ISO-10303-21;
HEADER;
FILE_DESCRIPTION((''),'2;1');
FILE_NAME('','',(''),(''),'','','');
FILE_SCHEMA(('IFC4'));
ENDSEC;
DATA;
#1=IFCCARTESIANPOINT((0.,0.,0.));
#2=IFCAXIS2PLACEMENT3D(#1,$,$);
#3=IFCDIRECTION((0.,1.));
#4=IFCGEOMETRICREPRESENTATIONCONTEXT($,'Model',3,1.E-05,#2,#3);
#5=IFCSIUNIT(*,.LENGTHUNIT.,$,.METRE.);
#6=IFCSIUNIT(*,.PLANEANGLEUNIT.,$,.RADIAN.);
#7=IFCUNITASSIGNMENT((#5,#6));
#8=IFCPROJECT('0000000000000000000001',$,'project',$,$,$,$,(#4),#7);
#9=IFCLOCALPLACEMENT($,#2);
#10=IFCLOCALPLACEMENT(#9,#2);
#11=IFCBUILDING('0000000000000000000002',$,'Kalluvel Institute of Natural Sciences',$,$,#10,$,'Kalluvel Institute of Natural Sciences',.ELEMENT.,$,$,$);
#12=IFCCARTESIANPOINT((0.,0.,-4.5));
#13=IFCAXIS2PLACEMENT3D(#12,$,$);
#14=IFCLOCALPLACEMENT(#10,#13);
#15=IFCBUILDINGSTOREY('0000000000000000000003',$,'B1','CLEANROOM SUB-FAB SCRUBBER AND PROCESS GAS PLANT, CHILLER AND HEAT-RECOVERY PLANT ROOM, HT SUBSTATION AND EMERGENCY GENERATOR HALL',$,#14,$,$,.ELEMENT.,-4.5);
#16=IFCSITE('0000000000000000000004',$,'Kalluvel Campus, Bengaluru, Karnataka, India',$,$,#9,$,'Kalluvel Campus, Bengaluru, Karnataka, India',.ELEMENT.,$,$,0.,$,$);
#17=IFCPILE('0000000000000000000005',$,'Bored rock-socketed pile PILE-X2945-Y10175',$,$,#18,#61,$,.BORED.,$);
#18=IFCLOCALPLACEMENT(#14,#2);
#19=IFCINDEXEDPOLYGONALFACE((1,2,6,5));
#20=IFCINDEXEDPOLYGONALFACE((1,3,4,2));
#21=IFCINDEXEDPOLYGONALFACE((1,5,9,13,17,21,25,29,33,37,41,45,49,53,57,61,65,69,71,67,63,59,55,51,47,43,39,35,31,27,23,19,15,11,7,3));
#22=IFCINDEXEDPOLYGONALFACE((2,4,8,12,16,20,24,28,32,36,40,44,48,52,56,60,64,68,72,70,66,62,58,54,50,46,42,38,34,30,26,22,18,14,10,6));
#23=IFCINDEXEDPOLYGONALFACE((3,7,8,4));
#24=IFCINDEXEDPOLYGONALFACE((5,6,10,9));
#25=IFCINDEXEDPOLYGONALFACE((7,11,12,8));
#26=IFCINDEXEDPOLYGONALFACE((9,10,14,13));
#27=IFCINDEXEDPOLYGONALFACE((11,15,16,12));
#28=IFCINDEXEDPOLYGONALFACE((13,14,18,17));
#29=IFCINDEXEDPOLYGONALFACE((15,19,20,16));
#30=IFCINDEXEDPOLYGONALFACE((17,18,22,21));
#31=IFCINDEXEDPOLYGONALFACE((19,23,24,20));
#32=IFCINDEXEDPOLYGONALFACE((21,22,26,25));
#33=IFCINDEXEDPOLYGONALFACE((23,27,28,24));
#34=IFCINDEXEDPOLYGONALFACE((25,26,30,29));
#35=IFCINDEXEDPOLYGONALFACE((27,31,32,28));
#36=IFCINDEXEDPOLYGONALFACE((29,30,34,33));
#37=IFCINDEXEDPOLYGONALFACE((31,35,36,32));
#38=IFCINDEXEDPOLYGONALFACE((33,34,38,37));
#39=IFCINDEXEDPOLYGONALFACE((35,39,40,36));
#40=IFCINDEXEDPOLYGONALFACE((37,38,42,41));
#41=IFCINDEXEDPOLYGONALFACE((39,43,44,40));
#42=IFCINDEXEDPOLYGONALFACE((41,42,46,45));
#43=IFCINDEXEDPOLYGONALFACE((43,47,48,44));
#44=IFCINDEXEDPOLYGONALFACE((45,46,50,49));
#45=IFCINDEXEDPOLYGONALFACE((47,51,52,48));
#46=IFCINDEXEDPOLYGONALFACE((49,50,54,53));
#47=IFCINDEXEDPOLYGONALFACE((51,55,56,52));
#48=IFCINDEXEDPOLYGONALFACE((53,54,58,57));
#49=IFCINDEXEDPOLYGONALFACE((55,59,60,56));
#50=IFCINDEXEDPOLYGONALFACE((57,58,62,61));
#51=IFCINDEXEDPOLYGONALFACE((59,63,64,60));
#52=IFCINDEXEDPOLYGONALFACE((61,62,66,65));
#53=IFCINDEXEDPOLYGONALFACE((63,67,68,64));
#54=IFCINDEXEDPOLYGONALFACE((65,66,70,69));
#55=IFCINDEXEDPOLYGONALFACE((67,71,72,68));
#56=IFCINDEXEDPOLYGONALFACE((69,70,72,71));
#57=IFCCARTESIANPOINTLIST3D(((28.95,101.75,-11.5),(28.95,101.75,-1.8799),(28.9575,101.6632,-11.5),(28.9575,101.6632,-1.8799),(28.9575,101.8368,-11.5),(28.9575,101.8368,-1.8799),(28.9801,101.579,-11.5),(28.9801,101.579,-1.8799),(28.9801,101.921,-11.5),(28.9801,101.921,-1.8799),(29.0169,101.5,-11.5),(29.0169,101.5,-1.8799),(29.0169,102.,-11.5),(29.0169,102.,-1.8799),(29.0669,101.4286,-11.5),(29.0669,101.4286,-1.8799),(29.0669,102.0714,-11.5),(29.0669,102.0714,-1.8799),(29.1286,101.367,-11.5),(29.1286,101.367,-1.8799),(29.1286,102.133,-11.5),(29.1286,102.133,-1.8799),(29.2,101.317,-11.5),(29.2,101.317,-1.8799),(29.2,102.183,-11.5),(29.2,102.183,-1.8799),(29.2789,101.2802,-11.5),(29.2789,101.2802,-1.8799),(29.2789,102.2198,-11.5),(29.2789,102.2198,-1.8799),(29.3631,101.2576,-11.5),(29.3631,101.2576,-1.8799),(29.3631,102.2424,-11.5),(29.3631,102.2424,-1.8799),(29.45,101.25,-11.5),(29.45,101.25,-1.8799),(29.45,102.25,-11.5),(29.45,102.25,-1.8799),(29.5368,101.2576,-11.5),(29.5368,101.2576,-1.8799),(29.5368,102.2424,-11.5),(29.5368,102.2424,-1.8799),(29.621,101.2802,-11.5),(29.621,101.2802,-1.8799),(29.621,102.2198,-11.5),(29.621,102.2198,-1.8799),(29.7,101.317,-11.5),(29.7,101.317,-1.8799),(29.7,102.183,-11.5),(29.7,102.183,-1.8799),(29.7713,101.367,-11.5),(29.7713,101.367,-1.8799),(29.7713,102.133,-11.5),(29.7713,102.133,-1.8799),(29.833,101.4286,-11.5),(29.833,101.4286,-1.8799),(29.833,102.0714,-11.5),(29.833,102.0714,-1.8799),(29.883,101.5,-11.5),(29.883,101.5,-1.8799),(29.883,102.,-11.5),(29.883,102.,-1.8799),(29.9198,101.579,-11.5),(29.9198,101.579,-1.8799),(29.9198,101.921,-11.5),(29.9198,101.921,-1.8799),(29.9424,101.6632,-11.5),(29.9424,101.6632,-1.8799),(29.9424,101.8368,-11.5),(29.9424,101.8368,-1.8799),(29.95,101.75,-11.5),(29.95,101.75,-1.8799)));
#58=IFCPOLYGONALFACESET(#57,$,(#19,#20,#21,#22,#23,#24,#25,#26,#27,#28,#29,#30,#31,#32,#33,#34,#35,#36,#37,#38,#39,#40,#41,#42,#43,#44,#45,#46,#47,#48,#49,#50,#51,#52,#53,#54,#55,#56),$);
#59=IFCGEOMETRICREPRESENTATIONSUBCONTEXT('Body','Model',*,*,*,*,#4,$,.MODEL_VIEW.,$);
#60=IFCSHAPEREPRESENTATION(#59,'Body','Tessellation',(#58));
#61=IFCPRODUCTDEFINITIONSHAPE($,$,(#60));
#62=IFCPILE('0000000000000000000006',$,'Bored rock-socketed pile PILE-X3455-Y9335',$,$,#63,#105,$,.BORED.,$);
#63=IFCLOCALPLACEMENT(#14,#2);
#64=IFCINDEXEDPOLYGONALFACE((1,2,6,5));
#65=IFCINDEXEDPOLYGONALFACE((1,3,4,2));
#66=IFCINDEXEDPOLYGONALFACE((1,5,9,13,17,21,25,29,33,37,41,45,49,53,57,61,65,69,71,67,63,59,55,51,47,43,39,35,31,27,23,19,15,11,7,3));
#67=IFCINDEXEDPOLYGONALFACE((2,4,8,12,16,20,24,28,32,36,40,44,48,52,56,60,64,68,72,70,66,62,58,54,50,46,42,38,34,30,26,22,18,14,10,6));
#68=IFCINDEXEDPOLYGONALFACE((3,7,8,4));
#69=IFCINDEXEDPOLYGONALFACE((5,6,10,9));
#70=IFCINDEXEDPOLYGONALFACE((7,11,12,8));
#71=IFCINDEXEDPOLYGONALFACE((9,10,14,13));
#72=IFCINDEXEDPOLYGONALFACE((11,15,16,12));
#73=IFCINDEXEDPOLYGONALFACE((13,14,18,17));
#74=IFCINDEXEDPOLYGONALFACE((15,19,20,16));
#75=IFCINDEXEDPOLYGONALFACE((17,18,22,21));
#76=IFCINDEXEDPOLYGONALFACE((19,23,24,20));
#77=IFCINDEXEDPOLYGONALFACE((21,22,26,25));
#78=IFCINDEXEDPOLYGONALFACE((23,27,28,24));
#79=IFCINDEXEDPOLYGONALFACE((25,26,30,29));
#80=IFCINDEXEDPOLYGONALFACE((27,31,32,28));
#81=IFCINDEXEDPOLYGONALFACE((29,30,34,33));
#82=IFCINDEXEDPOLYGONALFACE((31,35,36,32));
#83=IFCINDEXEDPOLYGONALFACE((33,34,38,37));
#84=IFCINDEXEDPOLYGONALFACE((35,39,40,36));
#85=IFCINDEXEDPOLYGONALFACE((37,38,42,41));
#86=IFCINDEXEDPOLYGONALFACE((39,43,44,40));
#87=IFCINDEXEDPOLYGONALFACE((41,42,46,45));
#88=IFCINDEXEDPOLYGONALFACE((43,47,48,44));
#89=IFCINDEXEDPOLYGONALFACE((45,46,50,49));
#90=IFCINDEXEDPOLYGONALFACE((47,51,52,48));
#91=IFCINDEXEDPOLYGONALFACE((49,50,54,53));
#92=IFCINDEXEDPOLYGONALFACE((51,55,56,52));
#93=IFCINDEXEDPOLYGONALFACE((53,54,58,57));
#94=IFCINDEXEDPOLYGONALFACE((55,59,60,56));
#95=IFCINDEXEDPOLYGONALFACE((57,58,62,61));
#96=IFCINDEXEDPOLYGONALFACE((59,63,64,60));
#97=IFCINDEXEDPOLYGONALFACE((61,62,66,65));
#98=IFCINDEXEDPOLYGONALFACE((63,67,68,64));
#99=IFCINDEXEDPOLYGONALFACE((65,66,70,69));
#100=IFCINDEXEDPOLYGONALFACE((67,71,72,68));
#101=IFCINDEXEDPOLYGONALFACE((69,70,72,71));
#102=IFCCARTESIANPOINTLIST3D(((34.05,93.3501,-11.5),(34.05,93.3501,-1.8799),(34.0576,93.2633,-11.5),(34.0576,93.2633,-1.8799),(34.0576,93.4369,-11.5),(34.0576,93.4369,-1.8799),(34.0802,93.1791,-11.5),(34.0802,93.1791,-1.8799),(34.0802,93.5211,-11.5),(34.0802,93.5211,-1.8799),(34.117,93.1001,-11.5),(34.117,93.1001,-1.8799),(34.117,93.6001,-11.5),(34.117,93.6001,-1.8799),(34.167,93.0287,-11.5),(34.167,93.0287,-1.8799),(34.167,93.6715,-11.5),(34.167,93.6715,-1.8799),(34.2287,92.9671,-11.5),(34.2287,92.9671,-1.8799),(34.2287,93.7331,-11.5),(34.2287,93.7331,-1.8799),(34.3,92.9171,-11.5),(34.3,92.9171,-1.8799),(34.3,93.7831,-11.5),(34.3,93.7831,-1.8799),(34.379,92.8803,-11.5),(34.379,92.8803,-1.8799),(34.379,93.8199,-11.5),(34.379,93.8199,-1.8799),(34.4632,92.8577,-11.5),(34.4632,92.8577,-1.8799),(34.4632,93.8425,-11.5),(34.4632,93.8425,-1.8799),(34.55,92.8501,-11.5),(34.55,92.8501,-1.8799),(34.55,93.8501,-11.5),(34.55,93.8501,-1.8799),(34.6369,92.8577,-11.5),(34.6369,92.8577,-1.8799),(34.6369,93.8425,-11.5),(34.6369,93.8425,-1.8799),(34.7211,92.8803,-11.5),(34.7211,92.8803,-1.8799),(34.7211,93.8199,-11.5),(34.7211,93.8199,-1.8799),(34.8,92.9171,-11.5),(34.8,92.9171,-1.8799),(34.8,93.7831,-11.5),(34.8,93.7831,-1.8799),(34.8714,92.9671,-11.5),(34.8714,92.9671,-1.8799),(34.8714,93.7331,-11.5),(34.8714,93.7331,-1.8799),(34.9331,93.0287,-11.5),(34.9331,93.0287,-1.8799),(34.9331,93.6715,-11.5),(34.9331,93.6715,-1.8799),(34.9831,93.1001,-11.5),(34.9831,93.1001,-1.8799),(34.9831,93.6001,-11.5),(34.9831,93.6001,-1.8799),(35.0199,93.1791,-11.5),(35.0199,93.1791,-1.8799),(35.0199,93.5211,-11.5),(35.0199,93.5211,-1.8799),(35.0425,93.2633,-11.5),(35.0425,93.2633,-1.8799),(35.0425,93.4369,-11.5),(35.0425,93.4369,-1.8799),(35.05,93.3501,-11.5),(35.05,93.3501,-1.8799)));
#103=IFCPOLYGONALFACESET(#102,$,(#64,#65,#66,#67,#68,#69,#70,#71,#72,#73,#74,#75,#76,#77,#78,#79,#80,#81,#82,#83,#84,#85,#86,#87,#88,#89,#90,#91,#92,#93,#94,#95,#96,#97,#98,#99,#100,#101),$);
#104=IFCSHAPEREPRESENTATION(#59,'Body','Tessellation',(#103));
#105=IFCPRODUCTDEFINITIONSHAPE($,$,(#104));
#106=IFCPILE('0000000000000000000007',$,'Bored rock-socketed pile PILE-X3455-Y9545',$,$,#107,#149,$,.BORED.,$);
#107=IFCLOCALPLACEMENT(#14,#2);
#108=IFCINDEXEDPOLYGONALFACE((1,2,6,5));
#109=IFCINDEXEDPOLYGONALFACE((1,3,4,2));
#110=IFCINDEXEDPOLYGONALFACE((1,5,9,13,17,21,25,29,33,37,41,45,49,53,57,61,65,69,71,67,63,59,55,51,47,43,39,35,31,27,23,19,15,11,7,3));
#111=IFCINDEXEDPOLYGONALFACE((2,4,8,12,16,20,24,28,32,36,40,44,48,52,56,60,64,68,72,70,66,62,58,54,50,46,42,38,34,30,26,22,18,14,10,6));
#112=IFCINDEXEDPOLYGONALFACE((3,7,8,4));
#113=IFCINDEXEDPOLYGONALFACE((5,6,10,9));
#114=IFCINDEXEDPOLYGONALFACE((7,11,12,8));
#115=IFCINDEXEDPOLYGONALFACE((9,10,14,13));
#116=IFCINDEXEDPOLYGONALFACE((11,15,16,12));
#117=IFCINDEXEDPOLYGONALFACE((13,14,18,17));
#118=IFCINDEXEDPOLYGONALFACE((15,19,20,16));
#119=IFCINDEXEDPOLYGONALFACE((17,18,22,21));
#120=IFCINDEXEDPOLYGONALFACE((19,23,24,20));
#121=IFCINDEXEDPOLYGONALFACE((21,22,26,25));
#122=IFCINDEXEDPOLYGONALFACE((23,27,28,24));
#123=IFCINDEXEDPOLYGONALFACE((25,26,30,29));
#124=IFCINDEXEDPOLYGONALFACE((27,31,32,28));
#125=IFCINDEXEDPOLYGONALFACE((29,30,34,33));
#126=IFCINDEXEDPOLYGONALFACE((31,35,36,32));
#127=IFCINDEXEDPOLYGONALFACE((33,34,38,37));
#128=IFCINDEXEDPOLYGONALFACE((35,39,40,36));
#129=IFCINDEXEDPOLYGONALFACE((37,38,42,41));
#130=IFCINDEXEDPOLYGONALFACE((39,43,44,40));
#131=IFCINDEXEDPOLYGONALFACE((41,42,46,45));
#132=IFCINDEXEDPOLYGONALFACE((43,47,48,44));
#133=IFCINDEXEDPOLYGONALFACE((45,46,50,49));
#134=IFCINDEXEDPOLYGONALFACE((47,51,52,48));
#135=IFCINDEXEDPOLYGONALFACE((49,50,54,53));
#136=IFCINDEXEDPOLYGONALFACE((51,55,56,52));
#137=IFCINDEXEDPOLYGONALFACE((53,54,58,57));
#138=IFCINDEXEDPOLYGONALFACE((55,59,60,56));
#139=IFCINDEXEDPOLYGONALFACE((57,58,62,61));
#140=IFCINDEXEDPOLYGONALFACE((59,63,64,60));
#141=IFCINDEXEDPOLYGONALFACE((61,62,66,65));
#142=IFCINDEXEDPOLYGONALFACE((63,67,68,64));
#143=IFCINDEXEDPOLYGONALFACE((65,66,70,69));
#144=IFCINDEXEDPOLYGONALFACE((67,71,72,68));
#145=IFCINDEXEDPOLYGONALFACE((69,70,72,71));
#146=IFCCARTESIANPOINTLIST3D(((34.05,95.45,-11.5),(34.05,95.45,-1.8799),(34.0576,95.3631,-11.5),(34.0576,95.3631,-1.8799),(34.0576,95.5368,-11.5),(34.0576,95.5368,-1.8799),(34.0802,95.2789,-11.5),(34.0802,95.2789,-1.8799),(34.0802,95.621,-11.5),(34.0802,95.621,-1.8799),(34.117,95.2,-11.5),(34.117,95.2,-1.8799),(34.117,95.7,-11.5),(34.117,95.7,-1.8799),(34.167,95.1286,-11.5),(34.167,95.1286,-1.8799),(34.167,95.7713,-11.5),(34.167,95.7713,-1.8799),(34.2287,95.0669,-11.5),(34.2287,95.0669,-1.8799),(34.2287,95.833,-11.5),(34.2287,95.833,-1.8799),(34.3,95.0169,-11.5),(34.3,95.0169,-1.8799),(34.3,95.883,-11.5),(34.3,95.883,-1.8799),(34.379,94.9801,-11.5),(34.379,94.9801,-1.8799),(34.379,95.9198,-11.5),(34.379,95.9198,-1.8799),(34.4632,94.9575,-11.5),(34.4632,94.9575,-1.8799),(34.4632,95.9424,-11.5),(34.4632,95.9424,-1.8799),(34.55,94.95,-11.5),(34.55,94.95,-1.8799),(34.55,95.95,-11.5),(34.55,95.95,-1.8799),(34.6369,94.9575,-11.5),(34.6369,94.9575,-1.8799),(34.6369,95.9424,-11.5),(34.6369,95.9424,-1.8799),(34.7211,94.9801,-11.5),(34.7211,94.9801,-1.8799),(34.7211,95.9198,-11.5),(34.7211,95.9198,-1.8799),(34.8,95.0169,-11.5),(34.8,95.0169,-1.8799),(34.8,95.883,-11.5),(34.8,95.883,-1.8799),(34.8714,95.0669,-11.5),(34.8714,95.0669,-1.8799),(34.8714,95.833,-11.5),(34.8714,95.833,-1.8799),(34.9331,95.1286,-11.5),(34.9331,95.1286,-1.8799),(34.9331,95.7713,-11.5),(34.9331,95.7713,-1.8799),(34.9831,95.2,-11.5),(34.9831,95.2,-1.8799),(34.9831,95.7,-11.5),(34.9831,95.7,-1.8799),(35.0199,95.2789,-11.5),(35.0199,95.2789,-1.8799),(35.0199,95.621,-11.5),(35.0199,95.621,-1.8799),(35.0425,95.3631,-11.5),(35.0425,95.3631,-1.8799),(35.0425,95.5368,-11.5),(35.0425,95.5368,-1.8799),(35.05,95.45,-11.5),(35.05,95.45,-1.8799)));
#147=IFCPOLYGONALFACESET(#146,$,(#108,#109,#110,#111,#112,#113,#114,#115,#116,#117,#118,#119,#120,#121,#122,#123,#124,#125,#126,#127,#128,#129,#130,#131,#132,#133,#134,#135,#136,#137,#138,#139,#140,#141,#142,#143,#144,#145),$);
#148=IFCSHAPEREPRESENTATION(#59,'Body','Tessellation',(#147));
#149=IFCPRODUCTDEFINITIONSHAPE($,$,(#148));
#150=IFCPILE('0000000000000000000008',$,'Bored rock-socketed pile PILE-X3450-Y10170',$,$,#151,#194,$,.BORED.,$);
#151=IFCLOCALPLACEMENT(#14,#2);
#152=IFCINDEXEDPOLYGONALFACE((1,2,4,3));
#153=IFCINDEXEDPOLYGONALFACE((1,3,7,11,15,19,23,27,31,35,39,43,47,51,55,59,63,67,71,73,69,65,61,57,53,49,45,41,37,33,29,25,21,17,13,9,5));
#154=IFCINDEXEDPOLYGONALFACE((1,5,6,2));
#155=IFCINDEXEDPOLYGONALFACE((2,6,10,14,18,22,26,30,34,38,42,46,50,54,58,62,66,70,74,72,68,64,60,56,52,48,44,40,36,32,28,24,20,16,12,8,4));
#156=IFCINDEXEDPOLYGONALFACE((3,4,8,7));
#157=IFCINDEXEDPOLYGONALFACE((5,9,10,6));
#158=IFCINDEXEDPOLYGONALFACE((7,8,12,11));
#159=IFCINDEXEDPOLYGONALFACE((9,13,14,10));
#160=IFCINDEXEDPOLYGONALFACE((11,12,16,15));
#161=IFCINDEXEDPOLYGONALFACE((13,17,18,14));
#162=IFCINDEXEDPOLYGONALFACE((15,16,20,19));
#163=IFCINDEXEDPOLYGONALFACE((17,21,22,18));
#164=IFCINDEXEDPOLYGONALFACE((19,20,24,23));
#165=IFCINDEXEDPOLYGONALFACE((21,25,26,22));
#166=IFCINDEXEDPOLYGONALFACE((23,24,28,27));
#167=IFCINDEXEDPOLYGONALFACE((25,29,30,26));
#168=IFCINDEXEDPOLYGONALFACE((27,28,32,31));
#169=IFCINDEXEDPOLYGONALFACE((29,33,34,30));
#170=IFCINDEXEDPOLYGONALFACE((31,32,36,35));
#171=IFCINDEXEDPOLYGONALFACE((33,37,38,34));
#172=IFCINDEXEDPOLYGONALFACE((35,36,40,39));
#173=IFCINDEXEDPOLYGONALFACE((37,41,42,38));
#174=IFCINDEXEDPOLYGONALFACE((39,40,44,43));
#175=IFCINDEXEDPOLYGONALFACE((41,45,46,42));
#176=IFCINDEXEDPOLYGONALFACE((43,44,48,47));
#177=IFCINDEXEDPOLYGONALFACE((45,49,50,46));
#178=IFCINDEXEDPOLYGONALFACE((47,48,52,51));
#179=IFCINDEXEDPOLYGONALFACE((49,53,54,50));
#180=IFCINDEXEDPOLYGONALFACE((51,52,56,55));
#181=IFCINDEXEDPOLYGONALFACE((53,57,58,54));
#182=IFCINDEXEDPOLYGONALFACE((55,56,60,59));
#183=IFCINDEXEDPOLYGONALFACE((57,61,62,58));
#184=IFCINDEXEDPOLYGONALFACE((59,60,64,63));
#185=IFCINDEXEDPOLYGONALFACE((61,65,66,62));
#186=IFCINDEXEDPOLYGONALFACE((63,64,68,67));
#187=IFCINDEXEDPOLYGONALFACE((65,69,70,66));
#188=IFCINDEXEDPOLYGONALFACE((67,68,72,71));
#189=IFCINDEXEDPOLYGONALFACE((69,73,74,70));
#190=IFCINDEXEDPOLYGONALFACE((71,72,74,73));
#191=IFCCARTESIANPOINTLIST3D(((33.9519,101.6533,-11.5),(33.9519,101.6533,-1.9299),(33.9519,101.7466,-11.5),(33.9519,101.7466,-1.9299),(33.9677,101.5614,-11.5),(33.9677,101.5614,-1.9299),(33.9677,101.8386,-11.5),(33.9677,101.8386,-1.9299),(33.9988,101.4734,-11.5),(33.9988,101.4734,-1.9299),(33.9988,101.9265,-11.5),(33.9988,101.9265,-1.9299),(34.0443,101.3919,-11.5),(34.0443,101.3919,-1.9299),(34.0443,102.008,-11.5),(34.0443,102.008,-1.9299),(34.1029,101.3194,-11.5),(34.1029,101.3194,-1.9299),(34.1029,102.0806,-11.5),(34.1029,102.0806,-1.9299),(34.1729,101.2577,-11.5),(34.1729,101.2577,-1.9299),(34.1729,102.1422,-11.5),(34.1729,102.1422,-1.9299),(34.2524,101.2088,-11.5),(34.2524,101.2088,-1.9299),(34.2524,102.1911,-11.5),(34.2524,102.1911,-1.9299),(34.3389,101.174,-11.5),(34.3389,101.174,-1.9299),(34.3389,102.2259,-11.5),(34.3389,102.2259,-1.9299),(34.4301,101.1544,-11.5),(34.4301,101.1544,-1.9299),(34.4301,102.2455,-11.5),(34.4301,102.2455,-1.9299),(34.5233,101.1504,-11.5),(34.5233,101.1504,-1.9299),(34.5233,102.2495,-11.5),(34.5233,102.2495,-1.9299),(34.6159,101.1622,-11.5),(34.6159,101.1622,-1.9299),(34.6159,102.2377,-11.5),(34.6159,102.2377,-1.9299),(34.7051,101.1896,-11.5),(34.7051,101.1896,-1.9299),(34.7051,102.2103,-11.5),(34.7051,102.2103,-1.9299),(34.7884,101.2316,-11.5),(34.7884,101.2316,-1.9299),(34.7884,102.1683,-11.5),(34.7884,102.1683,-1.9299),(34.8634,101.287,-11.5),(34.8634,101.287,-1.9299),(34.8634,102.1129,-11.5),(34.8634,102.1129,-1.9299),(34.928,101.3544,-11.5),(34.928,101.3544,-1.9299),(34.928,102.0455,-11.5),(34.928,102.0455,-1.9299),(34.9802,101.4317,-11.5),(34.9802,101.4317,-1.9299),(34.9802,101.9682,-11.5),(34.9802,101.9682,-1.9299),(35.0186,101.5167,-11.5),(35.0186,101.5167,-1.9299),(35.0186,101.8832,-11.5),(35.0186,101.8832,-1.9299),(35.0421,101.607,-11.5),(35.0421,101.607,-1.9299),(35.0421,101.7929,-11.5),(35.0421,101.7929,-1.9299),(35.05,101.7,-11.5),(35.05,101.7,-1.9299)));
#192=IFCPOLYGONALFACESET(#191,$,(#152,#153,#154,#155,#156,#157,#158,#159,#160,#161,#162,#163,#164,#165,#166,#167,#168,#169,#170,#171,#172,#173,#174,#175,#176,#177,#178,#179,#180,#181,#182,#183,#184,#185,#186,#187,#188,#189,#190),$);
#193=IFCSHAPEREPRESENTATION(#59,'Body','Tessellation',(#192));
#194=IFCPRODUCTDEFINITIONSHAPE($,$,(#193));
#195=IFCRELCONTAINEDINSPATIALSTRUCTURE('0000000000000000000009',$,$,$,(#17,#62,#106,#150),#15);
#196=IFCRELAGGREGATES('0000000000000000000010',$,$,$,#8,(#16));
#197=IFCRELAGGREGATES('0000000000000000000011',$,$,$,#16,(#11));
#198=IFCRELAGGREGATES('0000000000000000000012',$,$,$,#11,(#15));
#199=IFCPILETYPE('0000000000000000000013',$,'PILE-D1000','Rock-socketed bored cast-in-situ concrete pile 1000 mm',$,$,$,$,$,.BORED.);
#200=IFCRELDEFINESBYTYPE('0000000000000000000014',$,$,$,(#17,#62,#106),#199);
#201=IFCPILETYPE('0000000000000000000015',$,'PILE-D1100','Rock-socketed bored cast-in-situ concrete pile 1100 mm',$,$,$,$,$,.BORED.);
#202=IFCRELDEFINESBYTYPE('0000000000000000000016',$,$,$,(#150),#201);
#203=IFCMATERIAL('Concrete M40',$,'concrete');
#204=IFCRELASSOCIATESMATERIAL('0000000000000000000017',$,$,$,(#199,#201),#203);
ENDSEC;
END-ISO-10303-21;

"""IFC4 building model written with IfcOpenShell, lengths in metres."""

from ifc_helpers import new_model, si_unit, direction, frame, origin, origin_2d, place, context, subcontext, project, spatial, circle, extrude, material, material_profile, profile_set, type_object, element, save


model = new_model("IFC4")

# Units and contexts
model_context = context("Model", 3, precision=1e-05, world=origin(), true_north=direction((0.0, 1.0)))
body_context = subcontext(model_context, "Body", "Model", "MODEL_VIEW")
ifc_project = project(units=[si_unit("LENGTHUNIT", "METRE"), si_unit("PLANEANGLEUNIT", "RADIAN")], contexts=[model_context])

# Site, building, storey
site_placement = place(None, origin())
site = spatial("IfcSite", under=ifc_project, at=site_placement, Name="Kalluvel Campus, Bengaluru, Karnataka, India", LongName="Kalluvel Campus, Bengaluru, Karnataka, India", CompositionType="ELEMENT", RefElevation=0.0)
building_placement = place(site_placement, origin())
building = spatial("IfcBuilding", under=site, at=building_placement, Name="Kalluvel Institute of Natural Sciences", LongName="Kalluvel Institute of Natural Sciences", CompositionType="ELEMENT")
storey_placement = place(building_placement, frame((0.0, 0.0, -4.5)))
storey = spatial("IfcBuildingStorey", under=building, at=storey_placement, Name="B1", Description="CLEANROOM SUB-FAB SCRUBBER AND PROCESS GAS PLANT, CHILLER AND HEAT-RECOVERY PLANT ROOM, HT SUBSTATION AND EMERGENCY GENERATOR HALL", CompositionType="ELEMENT", Elevation=-4.5)

# Shared definitions
ifc_material_1 = material(Name="Concrete M40", Category="concrete")

# Piles
ifc_material_profile_1 = material_profile(ifc_material_1, circle(Radius=0.5, at=origin_2d()), Name="PILE D1000")
ifc_profile_set_1 = profile_set([ifc_material_profile_1], Name="Concrete M40")
pile_type_1 = type_object("IfcPileType", Name="PILE-D1000", Description="Rock-socketed bored cast-in-situ concrete pile 1000 mm", PredefinedType="BORED", material=ifc_profile_set_1)
for number, where, z_axis, x_axis, name in (
    (1, (29.45, 101.75, -1.8799), (0.0, 0.0, -1.0), (1.0, 0.0, 0.0), "Bored rock-socketed pile PILE-X2945-Y10175"),
    (2, (34.55, 93.3501, -1.8799), (0.0, 0.0, -1.0), (1.0, 0.0, 0.0), "Bored rock-socketed pile PILE-X3455-Y9335"),
    (3, (34.55, 95.45, -1.8799), (0.0, 0.0, -1.0), (1.0, 0.0, 0.0), "Bored rock-socketed pile PILE-X3455-Y9545"),
):
    element("IfcPile", number, at=place(storey_placement, frame(where, z_axis=z_axis, x_axis=x_axis)), inside=storey, type_object=pile_type_1, Name=name, PredefinedType="BORED", context=body_context, shape_type="SweptSolid", body=[
        extrude(circle(Radius=0.5, at=origin_2d()), origin(), (0.0, 0.0, 1.0), 9.6201),
    ])
ifc_material_profile_2 = material_profile(ifc_material_1, circle(Radius=0.55, at=origin_2d()), Name="PILE D1100")
ifc_profile_set_2 = profile_set([ifc_material_profile_2], Name="Concrete M40")
pile_type_2 = type_object("IfcPileType", Name="PILE-D1100", Description="Rock-socketed bored cast-in-situ concrete pile 1100 mm", PredefinedType="BORED", material=ifc_profile_set_2)
pile_placement = place(storey_placement, frame((34.5, 101.7, -1.9299), z_axis=(0.0, 0.0, -1.0), x_axis=(1.0, 0.0, 0.0)))
element("IfcPile", 4, at=pile_placement, inside=storey, type_object=pile_type_2, Name="Bored rock-socketed pile PILE-X3450-Y10170", PredefinedType="BORED", context=body_context, shape_type="SweptSolid", body=[
    extrude(circle(Radius=0.55, at=origin_2d()), origin(), (0.0, 0.0, 1.0), 9.5701),
])

save(model, "model.ifc")
